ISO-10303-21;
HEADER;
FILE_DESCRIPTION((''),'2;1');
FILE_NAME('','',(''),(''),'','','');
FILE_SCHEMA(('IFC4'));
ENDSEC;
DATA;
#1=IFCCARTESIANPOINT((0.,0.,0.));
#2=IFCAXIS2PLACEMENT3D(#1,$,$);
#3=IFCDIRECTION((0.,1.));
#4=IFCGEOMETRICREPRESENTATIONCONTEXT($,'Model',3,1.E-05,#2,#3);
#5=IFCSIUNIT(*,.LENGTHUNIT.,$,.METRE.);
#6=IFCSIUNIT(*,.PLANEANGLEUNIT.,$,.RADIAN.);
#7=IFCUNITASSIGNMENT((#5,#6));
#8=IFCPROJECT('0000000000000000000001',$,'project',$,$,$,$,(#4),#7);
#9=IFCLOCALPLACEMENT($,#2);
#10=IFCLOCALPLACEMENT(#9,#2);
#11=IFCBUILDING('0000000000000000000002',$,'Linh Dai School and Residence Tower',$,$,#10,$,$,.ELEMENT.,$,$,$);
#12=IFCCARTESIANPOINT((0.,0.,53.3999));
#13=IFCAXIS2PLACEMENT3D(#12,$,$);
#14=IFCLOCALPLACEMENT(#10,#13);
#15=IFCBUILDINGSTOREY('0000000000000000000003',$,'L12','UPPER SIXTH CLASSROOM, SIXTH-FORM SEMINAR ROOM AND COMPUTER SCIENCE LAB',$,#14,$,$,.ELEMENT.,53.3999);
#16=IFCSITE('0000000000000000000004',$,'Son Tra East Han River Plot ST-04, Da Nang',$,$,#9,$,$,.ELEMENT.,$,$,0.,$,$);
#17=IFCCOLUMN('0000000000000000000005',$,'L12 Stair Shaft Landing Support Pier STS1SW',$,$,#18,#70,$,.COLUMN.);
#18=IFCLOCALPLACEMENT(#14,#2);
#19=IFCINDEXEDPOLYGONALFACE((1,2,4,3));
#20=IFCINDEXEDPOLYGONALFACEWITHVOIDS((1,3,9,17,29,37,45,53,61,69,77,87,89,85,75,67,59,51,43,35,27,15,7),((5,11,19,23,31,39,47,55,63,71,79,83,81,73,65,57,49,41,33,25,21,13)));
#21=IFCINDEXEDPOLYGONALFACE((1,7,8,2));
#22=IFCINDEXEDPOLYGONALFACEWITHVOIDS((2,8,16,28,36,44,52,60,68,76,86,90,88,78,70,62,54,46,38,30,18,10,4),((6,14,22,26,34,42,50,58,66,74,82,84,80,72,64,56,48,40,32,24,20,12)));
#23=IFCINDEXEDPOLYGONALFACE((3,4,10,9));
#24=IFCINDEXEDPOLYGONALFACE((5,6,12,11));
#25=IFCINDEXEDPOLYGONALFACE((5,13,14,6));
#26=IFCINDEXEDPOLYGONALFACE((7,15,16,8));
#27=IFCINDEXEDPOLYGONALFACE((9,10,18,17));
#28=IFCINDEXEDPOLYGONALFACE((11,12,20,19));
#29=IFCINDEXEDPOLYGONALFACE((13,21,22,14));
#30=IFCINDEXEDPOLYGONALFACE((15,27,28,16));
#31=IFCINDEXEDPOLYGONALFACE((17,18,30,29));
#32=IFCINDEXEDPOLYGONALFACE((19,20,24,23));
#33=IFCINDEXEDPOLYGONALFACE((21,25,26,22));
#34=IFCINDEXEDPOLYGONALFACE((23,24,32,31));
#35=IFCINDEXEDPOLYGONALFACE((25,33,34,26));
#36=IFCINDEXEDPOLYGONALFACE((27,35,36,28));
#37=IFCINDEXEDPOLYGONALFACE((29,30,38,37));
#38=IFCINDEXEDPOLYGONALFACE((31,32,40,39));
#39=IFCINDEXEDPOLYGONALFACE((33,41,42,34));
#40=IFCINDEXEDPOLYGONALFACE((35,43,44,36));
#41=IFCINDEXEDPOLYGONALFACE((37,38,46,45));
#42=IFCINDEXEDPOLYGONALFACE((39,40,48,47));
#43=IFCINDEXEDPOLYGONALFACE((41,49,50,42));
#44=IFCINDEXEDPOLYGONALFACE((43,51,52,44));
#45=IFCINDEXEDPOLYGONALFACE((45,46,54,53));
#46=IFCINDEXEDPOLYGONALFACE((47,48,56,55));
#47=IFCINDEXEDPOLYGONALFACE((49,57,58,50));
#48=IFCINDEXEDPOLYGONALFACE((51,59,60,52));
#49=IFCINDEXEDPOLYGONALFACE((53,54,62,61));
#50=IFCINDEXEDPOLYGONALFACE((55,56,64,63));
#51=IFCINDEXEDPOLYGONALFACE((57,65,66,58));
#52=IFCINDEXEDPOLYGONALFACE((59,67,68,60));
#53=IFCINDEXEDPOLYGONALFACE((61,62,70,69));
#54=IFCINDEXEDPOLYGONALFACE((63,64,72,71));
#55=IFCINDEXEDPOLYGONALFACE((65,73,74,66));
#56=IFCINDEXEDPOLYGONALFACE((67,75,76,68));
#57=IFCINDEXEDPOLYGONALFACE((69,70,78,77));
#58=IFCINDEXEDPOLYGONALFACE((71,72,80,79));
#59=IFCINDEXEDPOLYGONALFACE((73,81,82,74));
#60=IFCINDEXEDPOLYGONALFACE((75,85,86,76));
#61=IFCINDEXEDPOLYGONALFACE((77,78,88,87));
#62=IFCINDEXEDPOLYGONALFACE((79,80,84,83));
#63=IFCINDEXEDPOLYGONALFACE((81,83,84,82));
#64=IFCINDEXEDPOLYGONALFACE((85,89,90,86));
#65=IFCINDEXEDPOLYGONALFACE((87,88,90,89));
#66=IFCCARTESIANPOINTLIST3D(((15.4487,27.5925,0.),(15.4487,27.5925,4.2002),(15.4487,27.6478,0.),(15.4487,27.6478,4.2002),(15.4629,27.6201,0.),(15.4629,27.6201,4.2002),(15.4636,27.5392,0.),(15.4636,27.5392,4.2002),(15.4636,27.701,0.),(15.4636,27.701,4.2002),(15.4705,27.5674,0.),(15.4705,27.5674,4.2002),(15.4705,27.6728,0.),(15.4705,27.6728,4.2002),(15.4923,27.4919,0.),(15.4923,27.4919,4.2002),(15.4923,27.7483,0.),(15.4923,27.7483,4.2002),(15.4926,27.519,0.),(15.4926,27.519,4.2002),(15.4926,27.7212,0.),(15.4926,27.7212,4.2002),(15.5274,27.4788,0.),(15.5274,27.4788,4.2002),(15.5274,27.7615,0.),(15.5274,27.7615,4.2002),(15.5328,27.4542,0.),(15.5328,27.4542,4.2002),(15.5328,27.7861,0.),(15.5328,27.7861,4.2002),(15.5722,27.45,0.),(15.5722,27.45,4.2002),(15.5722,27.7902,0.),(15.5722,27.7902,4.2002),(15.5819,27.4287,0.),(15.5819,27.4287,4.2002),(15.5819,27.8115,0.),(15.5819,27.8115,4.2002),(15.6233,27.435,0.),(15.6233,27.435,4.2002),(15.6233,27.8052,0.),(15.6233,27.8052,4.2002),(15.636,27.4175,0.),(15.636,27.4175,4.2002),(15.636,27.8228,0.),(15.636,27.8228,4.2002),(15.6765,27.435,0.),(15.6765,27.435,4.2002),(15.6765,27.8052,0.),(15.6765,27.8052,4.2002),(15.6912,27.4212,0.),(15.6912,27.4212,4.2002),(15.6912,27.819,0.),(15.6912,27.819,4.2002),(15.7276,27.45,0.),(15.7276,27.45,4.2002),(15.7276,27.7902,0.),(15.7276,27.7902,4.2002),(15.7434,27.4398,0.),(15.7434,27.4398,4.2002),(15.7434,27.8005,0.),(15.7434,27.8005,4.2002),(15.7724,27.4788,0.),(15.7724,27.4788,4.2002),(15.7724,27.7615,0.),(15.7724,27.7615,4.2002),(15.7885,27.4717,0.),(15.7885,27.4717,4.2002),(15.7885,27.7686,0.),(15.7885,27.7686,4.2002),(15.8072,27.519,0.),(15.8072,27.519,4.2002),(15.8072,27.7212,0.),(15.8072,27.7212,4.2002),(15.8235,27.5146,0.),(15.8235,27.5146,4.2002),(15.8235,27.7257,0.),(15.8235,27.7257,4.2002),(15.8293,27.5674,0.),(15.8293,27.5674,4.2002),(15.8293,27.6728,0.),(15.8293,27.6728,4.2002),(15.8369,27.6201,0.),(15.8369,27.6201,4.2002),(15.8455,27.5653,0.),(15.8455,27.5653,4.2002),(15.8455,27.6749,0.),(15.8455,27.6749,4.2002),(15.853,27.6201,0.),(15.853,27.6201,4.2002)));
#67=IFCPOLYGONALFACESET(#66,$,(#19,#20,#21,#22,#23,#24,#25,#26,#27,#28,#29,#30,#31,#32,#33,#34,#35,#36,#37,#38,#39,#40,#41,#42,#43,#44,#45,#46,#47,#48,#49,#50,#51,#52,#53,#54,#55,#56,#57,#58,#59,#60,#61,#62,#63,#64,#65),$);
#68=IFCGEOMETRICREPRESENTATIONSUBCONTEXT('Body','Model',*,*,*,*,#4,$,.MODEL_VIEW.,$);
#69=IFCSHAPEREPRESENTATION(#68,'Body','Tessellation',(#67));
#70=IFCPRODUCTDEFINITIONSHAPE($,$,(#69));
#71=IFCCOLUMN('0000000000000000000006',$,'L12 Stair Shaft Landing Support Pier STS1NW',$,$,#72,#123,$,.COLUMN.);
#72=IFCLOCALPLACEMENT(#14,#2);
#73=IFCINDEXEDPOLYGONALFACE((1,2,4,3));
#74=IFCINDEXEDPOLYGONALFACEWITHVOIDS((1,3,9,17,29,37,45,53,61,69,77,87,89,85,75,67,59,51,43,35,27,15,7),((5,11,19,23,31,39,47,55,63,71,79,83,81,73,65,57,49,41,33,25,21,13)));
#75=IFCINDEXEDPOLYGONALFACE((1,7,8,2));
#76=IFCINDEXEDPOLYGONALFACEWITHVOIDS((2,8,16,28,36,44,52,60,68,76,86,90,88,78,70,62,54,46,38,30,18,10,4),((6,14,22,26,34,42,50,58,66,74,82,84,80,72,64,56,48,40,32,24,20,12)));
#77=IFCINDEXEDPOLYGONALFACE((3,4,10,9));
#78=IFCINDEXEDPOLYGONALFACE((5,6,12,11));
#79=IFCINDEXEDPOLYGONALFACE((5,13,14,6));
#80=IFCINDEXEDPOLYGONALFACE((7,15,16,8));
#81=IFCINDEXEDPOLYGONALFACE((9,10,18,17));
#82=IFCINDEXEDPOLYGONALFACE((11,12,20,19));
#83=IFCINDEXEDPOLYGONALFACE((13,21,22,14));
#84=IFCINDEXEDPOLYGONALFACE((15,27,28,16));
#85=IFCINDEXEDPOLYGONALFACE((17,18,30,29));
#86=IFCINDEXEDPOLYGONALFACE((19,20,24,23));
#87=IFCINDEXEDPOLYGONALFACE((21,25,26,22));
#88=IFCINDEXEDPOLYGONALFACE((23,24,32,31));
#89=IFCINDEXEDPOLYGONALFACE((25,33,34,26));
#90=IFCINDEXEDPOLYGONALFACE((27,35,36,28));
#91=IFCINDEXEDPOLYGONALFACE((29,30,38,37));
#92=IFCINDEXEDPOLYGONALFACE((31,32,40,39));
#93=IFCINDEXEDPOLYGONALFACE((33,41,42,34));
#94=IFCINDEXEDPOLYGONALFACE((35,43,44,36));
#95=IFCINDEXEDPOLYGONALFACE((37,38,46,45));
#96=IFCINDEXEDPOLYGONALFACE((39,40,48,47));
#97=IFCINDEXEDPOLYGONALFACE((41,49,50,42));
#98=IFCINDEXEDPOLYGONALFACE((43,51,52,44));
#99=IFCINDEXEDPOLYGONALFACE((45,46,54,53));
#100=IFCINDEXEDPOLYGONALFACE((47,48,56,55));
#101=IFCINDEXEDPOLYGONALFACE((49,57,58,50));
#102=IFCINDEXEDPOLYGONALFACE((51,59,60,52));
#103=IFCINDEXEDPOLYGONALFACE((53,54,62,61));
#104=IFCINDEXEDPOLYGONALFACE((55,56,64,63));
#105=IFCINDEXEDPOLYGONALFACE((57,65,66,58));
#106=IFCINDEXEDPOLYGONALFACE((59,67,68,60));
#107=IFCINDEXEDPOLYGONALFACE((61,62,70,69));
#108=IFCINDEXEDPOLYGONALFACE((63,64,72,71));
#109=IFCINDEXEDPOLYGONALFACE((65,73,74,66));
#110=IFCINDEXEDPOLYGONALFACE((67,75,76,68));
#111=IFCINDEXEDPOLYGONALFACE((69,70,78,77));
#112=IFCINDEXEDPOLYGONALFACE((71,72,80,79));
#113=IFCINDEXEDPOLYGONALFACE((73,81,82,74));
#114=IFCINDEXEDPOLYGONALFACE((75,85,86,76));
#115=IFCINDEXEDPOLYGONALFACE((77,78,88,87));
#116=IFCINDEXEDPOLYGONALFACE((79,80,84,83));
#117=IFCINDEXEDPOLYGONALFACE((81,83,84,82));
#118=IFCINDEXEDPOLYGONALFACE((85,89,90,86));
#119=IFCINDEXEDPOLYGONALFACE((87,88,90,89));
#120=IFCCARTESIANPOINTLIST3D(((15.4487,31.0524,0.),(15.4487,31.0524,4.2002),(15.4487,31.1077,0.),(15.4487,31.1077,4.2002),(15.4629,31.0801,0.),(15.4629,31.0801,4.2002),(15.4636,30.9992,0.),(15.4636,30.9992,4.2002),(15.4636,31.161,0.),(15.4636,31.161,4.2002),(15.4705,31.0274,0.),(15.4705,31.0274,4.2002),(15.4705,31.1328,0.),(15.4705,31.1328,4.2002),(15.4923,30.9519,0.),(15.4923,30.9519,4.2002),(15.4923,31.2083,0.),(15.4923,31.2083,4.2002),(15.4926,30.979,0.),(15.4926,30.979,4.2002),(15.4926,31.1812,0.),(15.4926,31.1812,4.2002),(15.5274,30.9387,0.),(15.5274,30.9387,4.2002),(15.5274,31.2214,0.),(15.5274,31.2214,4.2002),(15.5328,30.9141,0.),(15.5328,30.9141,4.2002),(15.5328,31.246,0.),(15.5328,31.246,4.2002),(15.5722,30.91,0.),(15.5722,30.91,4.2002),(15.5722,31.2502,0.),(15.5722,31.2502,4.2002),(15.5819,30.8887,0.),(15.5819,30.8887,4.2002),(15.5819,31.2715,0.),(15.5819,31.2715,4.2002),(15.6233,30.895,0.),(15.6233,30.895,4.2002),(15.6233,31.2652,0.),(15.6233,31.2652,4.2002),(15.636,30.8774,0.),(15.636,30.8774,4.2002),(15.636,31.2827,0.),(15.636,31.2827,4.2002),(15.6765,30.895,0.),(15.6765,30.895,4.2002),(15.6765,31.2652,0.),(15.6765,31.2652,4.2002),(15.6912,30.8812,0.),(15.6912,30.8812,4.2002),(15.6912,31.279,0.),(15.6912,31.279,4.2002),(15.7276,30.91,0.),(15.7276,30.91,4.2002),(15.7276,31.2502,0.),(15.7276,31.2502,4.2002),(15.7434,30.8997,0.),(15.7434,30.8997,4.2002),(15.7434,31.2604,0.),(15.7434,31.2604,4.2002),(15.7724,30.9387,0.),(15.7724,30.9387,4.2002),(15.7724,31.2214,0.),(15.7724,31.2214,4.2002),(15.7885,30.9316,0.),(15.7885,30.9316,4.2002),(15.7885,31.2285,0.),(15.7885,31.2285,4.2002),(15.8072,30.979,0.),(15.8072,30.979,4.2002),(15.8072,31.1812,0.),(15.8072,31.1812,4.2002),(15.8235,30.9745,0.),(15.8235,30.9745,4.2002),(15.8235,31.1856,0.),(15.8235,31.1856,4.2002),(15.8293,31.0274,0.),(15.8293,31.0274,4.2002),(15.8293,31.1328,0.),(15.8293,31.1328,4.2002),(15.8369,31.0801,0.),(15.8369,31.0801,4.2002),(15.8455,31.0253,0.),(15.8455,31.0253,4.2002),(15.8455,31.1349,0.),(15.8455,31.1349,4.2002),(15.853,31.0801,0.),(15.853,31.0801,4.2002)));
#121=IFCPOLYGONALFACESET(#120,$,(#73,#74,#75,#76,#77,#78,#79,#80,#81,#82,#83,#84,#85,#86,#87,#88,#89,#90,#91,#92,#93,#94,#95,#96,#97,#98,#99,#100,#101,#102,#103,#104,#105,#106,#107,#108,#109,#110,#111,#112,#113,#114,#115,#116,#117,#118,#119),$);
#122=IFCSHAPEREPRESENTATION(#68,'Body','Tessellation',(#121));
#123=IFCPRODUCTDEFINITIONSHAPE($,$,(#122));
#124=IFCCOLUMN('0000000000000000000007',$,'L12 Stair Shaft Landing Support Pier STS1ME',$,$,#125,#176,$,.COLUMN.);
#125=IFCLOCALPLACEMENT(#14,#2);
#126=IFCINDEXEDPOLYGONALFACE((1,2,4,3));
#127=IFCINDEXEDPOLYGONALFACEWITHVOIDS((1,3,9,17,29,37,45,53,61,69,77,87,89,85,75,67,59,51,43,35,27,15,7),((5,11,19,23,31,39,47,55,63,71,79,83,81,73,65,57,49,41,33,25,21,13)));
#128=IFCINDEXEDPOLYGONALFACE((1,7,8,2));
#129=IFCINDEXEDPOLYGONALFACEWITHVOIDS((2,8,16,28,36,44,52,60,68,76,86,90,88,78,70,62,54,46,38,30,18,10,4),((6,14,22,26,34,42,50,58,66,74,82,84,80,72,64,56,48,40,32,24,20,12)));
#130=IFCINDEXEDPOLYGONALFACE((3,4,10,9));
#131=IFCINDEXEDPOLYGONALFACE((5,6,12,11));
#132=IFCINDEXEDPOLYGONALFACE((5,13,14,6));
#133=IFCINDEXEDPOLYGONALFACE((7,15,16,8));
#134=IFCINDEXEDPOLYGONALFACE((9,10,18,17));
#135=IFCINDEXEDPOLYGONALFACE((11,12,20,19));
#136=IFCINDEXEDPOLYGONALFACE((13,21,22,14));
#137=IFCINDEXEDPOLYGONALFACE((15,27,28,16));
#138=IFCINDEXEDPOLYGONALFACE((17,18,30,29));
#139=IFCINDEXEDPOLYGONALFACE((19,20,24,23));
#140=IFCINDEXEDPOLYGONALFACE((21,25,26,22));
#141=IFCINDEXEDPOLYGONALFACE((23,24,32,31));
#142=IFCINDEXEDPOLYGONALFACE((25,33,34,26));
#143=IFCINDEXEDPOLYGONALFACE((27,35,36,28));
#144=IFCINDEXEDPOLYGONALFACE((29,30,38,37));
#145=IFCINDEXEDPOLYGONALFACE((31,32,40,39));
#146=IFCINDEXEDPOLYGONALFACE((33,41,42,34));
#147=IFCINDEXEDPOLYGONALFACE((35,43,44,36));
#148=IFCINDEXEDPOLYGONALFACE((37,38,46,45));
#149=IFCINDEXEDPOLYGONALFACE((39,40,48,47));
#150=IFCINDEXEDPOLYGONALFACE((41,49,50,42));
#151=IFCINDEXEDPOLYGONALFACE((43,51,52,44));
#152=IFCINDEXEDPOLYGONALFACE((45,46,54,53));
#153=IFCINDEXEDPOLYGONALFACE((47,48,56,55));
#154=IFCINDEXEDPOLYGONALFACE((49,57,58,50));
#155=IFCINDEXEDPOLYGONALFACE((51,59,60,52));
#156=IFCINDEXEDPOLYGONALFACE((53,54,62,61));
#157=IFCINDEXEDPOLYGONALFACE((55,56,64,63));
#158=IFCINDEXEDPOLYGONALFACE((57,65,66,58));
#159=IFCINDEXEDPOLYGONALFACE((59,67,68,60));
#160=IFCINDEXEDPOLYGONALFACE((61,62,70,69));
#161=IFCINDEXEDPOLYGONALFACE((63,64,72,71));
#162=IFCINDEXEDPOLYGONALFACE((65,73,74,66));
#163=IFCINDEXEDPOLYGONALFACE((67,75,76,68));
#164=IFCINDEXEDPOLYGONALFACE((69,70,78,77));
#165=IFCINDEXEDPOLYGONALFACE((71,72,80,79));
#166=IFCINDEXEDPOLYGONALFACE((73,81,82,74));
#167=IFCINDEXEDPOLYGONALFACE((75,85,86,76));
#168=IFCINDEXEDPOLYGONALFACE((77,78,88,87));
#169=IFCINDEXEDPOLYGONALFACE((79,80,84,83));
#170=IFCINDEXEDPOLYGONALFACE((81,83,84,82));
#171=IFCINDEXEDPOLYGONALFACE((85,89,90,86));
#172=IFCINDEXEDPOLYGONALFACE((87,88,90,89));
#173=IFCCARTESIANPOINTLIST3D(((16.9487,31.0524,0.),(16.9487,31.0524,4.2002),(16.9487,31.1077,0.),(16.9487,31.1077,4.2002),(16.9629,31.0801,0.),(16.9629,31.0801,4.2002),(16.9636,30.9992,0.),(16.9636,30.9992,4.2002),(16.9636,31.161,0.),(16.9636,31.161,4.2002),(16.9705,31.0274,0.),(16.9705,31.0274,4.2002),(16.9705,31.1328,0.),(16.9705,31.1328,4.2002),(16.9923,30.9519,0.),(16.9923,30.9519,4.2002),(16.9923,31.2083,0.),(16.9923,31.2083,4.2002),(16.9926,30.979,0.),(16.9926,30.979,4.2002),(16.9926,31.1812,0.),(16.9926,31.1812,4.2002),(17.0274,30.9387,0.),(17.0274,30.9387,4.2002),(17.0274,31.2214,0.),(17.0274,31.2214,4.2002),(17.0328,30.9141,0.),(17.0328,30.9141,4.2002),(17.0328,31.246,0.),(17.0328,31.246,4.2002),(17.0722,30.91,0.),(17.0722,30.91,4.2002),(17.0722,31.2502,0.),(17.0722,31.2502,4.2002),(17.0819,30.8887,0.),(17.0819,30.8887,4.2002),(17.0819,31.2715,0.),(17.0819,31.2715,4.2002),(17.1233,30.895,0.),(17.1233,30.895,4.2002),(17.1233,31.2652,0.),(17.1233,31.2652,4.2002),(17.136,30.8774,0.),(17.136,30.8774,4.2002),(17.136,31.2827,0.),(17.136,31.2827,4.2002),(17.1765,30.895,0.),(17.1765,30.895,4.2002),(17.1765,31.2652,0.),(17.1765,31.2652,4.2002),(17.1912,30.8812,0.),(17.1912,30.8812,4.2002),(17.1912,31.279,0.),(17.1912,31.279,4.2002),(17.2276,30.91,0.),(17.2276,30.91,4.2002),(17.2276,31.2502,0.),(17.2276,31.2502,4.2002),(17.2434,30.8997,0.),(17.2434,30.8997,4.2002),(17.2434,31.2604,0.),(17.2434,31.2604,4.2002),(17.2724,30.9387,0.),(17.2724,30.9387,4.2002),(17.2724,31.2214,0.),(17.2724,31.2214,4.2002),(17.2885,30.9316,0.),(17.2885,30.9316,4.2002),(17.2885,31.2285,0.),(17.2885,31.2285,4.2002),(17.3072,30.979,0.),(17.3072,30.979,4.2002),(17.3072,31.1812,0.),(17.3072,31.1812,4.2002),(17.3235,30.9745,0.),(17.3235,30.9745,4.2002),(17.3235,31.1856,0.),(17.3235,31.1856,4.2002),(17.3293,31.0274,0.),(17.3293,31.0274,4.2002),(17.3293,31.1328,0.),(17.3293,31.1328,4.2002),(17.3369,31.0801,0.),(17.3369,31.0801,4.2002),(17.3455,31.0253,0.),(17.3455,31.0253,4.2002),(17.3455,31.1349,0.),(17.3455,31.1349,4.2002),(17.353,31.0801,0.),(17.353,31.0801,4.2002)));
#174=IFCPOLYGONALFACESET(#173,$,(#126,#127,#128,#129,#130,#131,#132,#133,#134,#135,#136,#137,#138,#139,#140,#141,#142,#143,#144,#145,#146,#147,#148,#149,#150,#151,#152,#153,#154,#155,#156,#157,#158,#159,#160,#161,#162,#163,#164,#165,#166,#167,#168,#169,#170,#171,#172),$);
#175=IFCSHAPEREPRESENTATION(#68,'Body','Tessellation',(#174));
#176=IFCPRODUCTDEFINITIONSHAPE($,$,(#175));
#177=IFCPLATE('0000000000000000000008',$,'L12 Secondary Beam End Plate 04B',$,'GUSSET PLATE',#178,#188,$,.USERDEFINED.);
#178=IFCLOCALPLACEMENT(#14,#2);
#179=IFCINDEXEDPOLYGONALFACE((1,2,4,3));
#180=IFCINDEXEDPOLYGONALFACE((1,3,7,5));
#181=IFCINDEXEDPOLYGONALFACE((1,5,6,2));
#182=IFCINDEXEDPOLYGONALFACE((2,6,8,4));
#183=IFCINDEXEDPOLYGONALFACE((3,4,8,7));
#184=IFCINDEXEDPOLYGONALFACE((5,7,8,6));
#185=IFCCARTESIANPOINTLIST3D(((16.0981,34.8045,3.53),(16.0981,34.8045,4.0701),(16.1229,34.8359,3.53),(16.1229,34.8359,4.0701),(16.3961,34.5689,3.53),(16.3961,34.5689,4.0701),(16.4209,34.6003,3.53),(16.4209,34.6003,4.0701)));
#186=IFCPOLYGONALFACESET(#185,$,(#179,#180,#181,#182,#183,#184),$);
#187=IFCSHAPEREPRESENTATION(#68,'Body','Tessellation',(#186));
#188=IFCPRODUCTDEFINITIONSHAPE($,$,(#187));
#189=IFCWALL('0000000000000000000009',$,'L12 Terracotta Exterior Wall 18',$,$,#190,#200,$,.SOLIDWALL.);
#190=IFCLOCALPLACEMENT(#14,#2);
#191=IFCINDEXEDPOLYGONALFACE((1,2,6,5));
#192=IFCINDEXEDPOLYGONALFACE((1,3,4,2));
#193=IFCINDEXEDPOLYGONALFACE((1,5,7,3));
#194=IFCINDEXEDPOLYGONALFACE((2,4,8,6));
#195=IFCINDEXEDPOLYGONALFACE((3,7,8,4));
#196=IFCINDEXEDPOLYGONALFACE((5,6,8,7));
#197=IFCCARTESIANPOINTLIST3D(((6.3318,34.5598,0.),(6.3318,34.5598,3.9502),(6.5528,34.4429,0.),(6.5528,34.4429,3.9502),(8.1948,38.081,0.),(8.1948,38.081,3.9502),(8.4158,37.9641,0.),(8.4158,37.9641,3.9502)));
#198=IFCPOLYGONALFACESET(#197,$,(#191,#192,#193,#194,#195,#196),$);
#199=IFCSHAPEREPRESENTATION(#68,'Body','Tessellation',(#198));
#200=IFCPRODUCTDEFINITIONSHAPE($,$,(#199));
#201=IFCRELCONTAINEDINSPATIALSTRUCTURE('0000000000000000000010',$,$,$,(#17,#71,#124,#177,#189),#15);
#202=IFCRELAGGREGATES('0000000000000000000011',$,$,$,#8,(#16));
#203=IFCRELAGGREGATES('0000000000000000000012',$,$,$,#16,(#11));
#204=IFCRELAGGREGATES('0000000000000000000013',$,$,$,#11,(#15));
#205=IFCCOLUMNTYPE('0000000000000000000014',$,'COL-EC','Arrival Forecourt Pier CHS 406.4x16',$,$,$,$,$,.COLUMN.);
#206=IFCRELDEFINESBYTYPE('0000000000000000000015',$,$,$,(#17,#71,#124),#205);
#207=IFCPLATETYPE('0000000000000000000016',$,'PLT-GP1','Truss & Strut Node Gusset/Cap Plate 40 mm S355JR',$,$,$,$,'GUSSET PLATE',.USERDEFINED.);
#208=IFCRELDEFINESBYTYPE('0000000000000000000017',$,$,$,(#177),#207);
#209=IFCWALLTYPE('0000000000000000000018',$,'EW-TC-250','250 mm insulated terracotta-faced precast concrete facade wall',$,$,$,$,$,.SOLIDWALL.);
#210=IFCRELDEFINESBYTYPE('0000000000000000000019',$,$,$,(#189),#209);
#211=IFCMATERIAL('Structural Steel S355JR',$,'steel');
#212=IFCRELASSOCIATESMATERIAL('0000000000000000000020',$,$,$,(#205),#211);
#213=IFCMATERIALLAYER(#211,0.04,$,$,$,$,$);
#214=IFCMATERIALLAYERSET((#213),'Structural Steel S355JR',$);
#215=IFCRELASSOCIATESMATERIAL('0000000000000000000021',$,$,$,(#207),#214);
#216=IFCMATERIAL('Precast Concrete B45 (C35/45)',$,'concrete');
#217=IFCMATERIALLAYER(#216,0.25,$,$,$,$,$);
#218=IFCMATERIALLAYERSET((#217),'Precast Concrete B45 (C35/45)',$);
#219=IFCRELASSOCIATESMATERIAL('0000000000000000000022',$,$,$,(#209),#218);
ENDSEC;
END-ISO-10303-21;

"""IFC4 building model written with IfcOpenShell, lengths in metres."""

from ifc_helpers import new_model, si_unit, direction, frame, frame_2d, origin, origin_2d, place, context, subcontext, project, spatial, rectangle, hollow_circle, extrude, source, transform, mapped, material, layer, layer_set, material_profile, profile_set, type_object, element, save


model = new_model("IFC4")

# Units and contexts
model_context = context("Model", 3, precision=1e-05, world=origin(), true_north=direction((0.0, 1.0)))
body_context = subcontext(model_context, "Body", "Model", "MODEL_VIEW")
ifc_project = project(units=[si_unit("LENGTHUNIT", "METRE"), si_unit("PLANEANGLEUNIT", "RADIAN")], contexts=[model_context])

# Site, building, storey
site_placement = place(None, origin())
site = spatial("IfcSite", under=ifc_project, at=site_placement, Name="Son Tra East Han River Plot ST-04, Da Nang", CompositionType="ELEMENT", RefElevation=0.0)
building_placement = place(site_placement, origin())
building = spatial("IfcBuilding", under=site, at=building_placement, Name="Linh Dai School and Residence Tower", CompositionType="ELEMENT")
storey_placement = place(building_placement, frame((0.0, 0.0, 53.3999)))
storey = spatial("IfcBuildingStorey", under=building, at=storey_placement, Name="L12", Description="UPPER SIXTH CLASSROOM, SIXTH-FORM SEMINAR ROOM AND COMPUTER SCIENCE LAB", CompositionType="ELEMENT", Elevation=53.3999)

# Columns
ifc_material_1 = material(Name="Structural Steel S355JR", Category="steel")
ifc_material_profile = material_profile(ifc_material_1, hollow_circle(Radius=0.2031, WallThickness=0.0161, at=origin_2d()), Name="CHS 406.4x16")
ifc_profile_set = profile_set([ifc_material_profile], Name="Structural Steel S355JR")
column_type = type_object("IfcColumnType", Name="COL-EC", Description="Arrival Forecourt Pier CHS 406.4x16", PredefinedType="COLUMN", material=ifc_profile_set)
for number, where, z_axis, x_axis, name in (
    (1, (15.6499, 27.6201, 0.0), (0.0, 0.0, 1.0), (1.0, 0.0, 0.0), "L12 Stair Shaft Landing Support Pier STS1SW"),
    (2, (15.6499, 31.0801, 0.0), (0.0, 0.0, 1.0), (1.0, 0.0, 0.0), "L12 Stair Shaft Landing Support Pier STS1NW"),
    (3, (17.1499, 31.0801, 0.0), (0.0, 0.0, 1.0), (1.0, 0.0, 0.0), "L12 Stair Shaft Landing Support Pier STS1ME"),
):
    element("IfcColumn", number, at=place(storey_placement, frame(where, z_axis=z_axis, x_axis=x_axis)), inside=storey, type_object=column_type, Name=name, PredefinedType="COLUMN", context=body_context, shape_type="SweptSolid", body=[
        extrude(hollow_circle(Radius=0.2031, WallThickness=0.0161, at=origin_2d()), origin(), (0.0, 0.0, 1.0), 4.2002),
    ])

# Plate
ifc_layer_1 = layer(ifc_material_1, 0.04)
ifc_layer_set_1 = layer_set([ifc_layer_1], Name="Structural Steel S355JR")
plate_type = type_object("IfcPlateType", Name="PLT-GP1", Description="Truss & Strut Node Gusset/Cap Plate 40 mm S355JR", ElementType="GUSSET PLATE", PredefinedType="USERDEFINED", material=ifc_layer_set_1)
shared_shape_1 = source(origin(), body_context, "Body", "SweptSolid", [
    extrude(rectangle(XDim=0.04, YDim=0.3799, at=origin_2d()), origin(), (0.0, 0.0, 1.0), 0.54),
])
plate_placement = place(storey_placement, frame((16.2595, 34.7024, 3.53), z_axis=(0.0, 0.0, 1.0), x_axis=(-0.620178, -0.784461, 0.0)))
element("IfcPlate", 4, at=plate_placement, inside=storey, type_object=plate_type, Name="L12 Secondary Beam End Plate 04B", ObjectType="GUSSET PLATE", PredefinedType="USERDEFINED", context=body_context, shape_type="MappedRepresentation", body=[
    mapped(shared_shape_1, transform((0.0, 0.0, 0.0), x_axis=(1.0, 0.0, 0.0), y_axis=(0.0, 1.0, 0.0), z_axis=(0.0, 0.0, 1.0), scale=1.0)),
])

# Wall
ifc_material_2 = material(Name="Precast Concrete B45 (C35/45)", Category="concrete")
ifc_layer_2 = layer(ifc_material_2, 0.25)
ifc_layer_set_2 = layer_set([ifc_layer_2], Name="Precast Concrete B45 (C35/45)")
wall_type_1 = type_object("IfcWallType", Name="EW-TC-250", Description="250 mm insulated terracotta-faced precast concrete facade wall", PredefinedType="SOLIDWALL", material=ifc_layer_set_2)
wall_1_placement = place(storey_placement, frame((6.4424, 34.5015, 0.0), z_axis=(0.0, 0.0, 1.0), x_axis=(0.467662, 0.883907, 0.0)))
element("IfcWall", 5, at=wall_1_placement, inside=storey, type_object=wall_type_1, Name="L12 Terracotta Exterior Wall 18", PredefinedType="SOLIDWALL", context=body_context, shape_type="SweptSolid", body=[
    extrude(rectangle(XDim=3.9836, YDim=0.25, at=frame_2d((1.9917, 0.0))), origin(), (0.0, 0.0, 1.0), 3.9502),
])

save(model, "model.ifc")
